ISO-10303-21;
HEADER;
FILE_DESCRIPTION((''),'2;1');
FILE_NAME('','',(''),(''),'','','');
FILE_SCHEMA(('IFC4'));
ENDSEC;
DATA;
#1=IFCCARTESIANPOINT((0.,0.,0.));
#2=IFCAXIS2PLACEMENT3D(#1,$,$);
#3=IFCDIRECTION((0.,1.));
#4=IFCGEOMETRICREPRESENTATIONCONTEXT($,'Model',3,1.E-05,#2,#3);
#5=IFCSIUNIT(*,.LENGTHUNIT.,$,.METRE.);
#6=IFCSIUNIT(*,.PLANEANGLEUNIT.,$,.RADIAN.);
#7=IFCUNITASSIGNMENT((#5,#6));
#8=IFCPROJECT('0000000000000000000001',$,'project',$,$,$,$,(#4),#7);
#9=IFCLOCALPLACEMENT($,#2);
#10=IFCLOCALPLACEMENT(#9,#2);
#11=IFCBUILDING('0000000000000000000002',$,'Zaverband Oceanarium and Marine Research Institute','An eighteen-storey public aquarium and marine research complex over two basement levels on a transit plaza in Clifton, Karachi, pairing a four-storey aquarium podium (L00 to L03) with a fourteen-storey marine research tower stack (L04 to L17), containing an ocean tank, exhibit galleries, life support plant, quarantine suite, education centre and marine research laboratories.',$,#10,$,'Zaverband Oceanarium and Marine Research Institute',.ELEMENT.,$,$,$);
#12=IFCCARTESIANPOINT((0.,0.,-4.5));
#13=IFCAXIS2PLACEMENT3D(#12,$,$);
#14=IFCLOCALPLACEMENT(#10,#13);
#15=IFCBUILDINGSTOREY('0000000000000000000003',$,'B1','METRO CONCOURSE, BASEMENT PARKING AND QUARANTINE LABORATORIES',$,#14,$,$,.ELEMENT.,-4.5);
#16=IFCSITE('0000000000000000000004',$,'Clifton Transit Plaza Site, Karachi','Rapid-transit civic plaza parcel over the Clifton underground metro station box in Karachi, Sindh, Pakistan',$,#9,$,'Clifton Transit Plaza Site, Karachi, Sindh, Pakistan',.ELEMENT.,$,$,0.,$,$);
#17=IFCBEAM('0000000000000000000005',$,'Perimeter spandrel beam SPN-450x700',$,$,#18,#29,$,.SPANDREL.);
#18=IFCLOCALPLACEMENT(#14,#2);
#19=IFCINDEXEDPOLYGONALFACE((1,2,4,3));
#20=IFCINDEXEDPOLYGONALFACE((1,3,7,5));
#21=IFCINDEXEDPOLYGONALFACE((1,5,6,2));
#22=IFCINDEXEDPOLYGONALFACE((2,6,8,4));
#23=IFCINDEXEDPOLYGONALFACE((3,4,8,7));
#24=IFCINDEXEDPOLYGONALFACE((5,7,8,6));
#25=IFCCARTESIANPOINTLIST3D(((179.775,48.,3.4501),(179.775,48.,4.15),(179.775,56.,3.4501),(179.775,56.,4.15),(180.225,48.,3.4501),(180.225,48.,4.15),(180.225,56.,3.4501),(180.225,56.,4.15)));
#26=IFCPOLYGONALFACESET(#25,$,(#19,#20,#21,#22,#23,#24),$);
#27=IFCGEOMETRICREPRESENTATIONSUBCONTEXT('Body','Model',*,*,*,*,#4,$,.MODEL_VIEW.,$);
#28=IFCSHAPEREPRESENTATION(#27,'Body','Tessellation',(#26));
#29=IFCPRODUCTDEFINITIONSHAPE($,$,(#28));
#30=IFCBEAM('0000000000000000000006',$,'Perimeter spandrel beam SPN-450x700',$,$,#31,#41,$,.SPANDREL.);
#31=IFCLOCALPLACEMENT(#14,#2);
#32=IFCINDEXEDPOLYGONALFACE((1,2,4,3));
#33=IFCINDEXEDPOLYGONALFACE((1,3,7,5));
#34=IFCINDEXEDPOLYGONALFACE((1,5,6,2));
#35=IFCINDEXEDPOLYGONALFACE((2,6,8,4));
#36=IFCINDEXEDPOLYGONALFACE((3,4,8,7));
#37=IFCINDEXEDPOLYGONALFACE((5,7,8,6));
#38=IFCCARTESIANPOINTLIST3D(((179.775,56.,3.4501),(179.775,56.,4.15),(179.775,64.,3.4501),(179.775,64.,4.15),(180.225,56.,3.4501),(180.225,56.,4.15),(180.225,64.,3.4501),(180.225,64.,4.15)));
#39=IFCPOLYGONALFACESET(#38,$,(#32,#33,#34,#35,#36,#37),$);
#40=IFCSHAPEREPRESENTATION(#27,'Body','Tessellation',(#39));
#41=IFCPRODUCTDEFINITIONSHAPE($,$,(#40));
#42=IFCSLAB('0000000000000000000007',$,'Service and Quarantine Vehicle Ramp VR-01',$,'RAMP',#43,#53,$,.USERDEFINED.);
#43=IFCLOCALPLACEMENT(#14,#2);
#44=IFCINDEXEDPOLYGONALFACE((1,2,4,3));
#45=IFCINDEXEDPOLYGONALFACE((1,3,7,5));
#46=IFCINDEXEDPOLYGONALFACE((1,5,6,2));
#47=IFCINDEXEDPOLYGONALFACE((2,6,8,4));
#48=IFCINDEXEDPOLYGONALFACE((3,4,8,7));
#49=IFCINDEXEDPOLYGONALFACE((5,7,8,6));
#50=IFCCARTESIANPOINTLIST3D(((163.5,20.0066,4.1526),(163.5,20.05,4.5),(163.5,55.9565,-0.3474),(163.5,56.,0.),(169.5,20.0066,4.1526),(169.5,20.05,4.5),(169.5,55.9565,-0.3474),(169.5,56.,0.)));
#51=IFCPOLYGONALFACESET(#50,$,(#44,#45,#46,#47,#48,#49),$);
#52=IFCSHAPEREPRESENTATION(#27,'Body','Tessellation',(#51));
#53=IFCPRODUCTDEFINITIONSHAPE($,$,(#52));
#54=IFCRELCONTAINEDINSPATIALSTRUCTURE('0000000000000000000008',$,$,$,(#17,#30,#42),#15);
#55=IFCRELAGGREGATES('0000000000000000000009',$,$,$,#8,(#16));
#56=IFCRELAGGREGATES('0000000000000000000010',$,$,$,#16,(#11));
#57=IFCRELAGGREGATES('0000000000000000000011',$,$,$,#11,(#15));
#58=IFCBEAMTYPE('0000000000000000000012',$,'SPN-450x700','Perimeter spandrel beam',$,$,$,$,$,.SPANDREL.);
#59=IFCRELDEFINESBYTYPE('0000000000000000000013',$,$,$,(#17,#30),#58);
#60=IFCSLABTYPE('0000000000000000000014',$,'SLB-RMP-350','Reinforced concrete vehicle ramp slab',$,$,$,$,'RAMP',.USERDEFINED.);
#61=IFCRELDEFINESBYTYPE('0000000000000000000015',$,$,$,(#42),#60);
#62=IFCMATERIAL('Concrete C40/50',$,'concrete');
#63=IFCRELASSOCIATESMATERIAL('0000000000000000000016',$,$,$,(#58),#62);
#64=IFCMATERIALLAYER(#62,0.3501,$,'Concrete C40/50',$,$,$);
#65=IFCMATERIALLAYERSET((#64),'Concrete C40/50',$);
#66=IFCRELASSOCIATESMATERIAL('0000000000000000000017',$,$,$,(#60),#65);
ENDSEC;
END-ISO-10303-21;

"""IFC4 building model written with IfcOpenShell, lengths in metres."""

from ifc_helpers import new_model, si_unit, direction, frame, origin, origin_2d, place, context, subcontext, project, spatial, polyline, rectangle, outline, extrude, material, layer, layer_set, material_profile, profile_set, type_object, element, save


model = new_model("IFC4")

# Units and contexts
model_context = context("Model", 3, precision=1e-05, world=origin(), true_north=direction((0.0, 1.0)))
body_context = subcontext(model_context, "Body", "Model", "MODEL_VIEW")
ifc_project = project(units=[si_unit("LENGTHUNIT", "METRE"), si_unit("PLANEANGLEUNIT", "RADIAN")], contexts=[model_context])

# Site, building, storey
site_placement = place(None, origin())
site = spatial("IfcSite", under=ifc_project, at=site_placement, Name="Clifton Transit Plaza Site, Karachi", Description="Rapid-transit civic plaza parcel over the Clifton underground metro station box in Karachi, Sindh, Pakistan", LongName="Clifton Transit Plaza Site, Karachi, Sindh, Pakistan", CompositionType="ELEMENT", RefElevation=0.0)
building_placement = place(site_placement, origin())
building = spatial("IfcBuilding", under=site, at=building_placement, Name="Zaverband Oceanarium and Marine Research Institute", Description="An eighteen-storey public aquarium and marine research complex over two basement levels on a transit plaza in Clifton, Karachi, pairing a four-storey aquarium podium (L00 to L03) with a fourteen-storey marine research tower stack (L04 to L17), containing an ocean tank, exhibit galleries, life support plant, quarantine suite, education centre and marine research laboratories.", LongName="Zaverband Oceanarium and Marine Research Institute", CompositionType="ELEMENT")
storey_placement = place(building_placement, frame((0.0, 0.0, -4.5)))
storey = spatial("IfcBuildingStorey", under=building, at=storey_placement, Name="B1", Description="METRO CONCOURSE, BASEMENT PARKING AND QUARANTINE LABORATORIES", CompositionType="ELEMENT", Elevation=-4.5)

# Beams
ifc_material_1 = material(Name="Concrete C40/50", Category="concrete")
ifc_material_profile_1 = material_profile(ifc_material_1, rectangle(XDim=0.45, YDim=0.7, at=origin_2d()), Name="RC450x700")
ifc_profile_set_1 = profile_set([ifc_material_profile_1], Name="Concrete C40/50")
beam_type_1 = type_object("IfcBeamType", Name="SPN-450x700", Description="Perimeter spandrel beam", PredefinedType="SPANDREL", material=ifc_profile_set_1)
for number, where, z_axis, x_axis, name in (
    (1, (180.0, 48.0, 3.8), (0.0, 1.0, 0.0), (-1.0, 0.0, 0.0), "Perimeter spandrel beam SPN-450x700"),
    (2, (180.0, 56.0, 3.8), (0.0, 1.0, 0.0), (-1.0, 0.0, 0.0), "Perimeter spandrel beam SPN-450x700"),
):
    element("IfcBeam", number, at=place(storey_placement, frame(where, z_axis=z_axis, x_axis=x_axis)), inside=storey, type_object=beam_type_1, Name=name, PredefinedType="SPANDREL", context=body_context, shape_type="SweptSolid", body=[
        extrude(rectangle(XDim=0.45, YDim=0.7, at=origin_2d()), origin(), (0.0, 0.0, 1.0), 8.0),
    ])

# Slab
ifc_layer_1 = layer(ifc_material_1, 0.3501, Name="Concrete C40/50")
ifc_layer_set_1 = layer_set([ifc_layer_1], Name="Concrete C40/50")
slab_type = type_object("IfcSlabType", Name="SLB-RMP-350", Description="Reinforced concrete vehicle ramp slab", ElementType="RAMP", PredefinedType="USERDEFINED", material=ifc_layer_set_1)
slab_placement = place(storey_placement, frame((163.5, 56.0, 0.0), z_axis=(0.0, 0.124205, 0.992257), x_axis=(1.0, 0.0, 0.0)))
element("IfcSlab", 3, at=slab_placement, inside=storey, type_object=slab_type, Name="Service and Quarantine Vehicle Ramp VR-01", ObjectType="RAMP", PredefinedType="USERDEFINED", context=body_context, shape_type="SweptSolid", body=[
    extrude(outline(polyline([(0.0, 0.0), (6.0, 0.0), (6.0, -36.2305), (0.0, -36.2305), (0.0, 0.0)])), origin(), (0.0, 0.0, -1.0), 0.3501),
])

save(model, "model.ifc")
